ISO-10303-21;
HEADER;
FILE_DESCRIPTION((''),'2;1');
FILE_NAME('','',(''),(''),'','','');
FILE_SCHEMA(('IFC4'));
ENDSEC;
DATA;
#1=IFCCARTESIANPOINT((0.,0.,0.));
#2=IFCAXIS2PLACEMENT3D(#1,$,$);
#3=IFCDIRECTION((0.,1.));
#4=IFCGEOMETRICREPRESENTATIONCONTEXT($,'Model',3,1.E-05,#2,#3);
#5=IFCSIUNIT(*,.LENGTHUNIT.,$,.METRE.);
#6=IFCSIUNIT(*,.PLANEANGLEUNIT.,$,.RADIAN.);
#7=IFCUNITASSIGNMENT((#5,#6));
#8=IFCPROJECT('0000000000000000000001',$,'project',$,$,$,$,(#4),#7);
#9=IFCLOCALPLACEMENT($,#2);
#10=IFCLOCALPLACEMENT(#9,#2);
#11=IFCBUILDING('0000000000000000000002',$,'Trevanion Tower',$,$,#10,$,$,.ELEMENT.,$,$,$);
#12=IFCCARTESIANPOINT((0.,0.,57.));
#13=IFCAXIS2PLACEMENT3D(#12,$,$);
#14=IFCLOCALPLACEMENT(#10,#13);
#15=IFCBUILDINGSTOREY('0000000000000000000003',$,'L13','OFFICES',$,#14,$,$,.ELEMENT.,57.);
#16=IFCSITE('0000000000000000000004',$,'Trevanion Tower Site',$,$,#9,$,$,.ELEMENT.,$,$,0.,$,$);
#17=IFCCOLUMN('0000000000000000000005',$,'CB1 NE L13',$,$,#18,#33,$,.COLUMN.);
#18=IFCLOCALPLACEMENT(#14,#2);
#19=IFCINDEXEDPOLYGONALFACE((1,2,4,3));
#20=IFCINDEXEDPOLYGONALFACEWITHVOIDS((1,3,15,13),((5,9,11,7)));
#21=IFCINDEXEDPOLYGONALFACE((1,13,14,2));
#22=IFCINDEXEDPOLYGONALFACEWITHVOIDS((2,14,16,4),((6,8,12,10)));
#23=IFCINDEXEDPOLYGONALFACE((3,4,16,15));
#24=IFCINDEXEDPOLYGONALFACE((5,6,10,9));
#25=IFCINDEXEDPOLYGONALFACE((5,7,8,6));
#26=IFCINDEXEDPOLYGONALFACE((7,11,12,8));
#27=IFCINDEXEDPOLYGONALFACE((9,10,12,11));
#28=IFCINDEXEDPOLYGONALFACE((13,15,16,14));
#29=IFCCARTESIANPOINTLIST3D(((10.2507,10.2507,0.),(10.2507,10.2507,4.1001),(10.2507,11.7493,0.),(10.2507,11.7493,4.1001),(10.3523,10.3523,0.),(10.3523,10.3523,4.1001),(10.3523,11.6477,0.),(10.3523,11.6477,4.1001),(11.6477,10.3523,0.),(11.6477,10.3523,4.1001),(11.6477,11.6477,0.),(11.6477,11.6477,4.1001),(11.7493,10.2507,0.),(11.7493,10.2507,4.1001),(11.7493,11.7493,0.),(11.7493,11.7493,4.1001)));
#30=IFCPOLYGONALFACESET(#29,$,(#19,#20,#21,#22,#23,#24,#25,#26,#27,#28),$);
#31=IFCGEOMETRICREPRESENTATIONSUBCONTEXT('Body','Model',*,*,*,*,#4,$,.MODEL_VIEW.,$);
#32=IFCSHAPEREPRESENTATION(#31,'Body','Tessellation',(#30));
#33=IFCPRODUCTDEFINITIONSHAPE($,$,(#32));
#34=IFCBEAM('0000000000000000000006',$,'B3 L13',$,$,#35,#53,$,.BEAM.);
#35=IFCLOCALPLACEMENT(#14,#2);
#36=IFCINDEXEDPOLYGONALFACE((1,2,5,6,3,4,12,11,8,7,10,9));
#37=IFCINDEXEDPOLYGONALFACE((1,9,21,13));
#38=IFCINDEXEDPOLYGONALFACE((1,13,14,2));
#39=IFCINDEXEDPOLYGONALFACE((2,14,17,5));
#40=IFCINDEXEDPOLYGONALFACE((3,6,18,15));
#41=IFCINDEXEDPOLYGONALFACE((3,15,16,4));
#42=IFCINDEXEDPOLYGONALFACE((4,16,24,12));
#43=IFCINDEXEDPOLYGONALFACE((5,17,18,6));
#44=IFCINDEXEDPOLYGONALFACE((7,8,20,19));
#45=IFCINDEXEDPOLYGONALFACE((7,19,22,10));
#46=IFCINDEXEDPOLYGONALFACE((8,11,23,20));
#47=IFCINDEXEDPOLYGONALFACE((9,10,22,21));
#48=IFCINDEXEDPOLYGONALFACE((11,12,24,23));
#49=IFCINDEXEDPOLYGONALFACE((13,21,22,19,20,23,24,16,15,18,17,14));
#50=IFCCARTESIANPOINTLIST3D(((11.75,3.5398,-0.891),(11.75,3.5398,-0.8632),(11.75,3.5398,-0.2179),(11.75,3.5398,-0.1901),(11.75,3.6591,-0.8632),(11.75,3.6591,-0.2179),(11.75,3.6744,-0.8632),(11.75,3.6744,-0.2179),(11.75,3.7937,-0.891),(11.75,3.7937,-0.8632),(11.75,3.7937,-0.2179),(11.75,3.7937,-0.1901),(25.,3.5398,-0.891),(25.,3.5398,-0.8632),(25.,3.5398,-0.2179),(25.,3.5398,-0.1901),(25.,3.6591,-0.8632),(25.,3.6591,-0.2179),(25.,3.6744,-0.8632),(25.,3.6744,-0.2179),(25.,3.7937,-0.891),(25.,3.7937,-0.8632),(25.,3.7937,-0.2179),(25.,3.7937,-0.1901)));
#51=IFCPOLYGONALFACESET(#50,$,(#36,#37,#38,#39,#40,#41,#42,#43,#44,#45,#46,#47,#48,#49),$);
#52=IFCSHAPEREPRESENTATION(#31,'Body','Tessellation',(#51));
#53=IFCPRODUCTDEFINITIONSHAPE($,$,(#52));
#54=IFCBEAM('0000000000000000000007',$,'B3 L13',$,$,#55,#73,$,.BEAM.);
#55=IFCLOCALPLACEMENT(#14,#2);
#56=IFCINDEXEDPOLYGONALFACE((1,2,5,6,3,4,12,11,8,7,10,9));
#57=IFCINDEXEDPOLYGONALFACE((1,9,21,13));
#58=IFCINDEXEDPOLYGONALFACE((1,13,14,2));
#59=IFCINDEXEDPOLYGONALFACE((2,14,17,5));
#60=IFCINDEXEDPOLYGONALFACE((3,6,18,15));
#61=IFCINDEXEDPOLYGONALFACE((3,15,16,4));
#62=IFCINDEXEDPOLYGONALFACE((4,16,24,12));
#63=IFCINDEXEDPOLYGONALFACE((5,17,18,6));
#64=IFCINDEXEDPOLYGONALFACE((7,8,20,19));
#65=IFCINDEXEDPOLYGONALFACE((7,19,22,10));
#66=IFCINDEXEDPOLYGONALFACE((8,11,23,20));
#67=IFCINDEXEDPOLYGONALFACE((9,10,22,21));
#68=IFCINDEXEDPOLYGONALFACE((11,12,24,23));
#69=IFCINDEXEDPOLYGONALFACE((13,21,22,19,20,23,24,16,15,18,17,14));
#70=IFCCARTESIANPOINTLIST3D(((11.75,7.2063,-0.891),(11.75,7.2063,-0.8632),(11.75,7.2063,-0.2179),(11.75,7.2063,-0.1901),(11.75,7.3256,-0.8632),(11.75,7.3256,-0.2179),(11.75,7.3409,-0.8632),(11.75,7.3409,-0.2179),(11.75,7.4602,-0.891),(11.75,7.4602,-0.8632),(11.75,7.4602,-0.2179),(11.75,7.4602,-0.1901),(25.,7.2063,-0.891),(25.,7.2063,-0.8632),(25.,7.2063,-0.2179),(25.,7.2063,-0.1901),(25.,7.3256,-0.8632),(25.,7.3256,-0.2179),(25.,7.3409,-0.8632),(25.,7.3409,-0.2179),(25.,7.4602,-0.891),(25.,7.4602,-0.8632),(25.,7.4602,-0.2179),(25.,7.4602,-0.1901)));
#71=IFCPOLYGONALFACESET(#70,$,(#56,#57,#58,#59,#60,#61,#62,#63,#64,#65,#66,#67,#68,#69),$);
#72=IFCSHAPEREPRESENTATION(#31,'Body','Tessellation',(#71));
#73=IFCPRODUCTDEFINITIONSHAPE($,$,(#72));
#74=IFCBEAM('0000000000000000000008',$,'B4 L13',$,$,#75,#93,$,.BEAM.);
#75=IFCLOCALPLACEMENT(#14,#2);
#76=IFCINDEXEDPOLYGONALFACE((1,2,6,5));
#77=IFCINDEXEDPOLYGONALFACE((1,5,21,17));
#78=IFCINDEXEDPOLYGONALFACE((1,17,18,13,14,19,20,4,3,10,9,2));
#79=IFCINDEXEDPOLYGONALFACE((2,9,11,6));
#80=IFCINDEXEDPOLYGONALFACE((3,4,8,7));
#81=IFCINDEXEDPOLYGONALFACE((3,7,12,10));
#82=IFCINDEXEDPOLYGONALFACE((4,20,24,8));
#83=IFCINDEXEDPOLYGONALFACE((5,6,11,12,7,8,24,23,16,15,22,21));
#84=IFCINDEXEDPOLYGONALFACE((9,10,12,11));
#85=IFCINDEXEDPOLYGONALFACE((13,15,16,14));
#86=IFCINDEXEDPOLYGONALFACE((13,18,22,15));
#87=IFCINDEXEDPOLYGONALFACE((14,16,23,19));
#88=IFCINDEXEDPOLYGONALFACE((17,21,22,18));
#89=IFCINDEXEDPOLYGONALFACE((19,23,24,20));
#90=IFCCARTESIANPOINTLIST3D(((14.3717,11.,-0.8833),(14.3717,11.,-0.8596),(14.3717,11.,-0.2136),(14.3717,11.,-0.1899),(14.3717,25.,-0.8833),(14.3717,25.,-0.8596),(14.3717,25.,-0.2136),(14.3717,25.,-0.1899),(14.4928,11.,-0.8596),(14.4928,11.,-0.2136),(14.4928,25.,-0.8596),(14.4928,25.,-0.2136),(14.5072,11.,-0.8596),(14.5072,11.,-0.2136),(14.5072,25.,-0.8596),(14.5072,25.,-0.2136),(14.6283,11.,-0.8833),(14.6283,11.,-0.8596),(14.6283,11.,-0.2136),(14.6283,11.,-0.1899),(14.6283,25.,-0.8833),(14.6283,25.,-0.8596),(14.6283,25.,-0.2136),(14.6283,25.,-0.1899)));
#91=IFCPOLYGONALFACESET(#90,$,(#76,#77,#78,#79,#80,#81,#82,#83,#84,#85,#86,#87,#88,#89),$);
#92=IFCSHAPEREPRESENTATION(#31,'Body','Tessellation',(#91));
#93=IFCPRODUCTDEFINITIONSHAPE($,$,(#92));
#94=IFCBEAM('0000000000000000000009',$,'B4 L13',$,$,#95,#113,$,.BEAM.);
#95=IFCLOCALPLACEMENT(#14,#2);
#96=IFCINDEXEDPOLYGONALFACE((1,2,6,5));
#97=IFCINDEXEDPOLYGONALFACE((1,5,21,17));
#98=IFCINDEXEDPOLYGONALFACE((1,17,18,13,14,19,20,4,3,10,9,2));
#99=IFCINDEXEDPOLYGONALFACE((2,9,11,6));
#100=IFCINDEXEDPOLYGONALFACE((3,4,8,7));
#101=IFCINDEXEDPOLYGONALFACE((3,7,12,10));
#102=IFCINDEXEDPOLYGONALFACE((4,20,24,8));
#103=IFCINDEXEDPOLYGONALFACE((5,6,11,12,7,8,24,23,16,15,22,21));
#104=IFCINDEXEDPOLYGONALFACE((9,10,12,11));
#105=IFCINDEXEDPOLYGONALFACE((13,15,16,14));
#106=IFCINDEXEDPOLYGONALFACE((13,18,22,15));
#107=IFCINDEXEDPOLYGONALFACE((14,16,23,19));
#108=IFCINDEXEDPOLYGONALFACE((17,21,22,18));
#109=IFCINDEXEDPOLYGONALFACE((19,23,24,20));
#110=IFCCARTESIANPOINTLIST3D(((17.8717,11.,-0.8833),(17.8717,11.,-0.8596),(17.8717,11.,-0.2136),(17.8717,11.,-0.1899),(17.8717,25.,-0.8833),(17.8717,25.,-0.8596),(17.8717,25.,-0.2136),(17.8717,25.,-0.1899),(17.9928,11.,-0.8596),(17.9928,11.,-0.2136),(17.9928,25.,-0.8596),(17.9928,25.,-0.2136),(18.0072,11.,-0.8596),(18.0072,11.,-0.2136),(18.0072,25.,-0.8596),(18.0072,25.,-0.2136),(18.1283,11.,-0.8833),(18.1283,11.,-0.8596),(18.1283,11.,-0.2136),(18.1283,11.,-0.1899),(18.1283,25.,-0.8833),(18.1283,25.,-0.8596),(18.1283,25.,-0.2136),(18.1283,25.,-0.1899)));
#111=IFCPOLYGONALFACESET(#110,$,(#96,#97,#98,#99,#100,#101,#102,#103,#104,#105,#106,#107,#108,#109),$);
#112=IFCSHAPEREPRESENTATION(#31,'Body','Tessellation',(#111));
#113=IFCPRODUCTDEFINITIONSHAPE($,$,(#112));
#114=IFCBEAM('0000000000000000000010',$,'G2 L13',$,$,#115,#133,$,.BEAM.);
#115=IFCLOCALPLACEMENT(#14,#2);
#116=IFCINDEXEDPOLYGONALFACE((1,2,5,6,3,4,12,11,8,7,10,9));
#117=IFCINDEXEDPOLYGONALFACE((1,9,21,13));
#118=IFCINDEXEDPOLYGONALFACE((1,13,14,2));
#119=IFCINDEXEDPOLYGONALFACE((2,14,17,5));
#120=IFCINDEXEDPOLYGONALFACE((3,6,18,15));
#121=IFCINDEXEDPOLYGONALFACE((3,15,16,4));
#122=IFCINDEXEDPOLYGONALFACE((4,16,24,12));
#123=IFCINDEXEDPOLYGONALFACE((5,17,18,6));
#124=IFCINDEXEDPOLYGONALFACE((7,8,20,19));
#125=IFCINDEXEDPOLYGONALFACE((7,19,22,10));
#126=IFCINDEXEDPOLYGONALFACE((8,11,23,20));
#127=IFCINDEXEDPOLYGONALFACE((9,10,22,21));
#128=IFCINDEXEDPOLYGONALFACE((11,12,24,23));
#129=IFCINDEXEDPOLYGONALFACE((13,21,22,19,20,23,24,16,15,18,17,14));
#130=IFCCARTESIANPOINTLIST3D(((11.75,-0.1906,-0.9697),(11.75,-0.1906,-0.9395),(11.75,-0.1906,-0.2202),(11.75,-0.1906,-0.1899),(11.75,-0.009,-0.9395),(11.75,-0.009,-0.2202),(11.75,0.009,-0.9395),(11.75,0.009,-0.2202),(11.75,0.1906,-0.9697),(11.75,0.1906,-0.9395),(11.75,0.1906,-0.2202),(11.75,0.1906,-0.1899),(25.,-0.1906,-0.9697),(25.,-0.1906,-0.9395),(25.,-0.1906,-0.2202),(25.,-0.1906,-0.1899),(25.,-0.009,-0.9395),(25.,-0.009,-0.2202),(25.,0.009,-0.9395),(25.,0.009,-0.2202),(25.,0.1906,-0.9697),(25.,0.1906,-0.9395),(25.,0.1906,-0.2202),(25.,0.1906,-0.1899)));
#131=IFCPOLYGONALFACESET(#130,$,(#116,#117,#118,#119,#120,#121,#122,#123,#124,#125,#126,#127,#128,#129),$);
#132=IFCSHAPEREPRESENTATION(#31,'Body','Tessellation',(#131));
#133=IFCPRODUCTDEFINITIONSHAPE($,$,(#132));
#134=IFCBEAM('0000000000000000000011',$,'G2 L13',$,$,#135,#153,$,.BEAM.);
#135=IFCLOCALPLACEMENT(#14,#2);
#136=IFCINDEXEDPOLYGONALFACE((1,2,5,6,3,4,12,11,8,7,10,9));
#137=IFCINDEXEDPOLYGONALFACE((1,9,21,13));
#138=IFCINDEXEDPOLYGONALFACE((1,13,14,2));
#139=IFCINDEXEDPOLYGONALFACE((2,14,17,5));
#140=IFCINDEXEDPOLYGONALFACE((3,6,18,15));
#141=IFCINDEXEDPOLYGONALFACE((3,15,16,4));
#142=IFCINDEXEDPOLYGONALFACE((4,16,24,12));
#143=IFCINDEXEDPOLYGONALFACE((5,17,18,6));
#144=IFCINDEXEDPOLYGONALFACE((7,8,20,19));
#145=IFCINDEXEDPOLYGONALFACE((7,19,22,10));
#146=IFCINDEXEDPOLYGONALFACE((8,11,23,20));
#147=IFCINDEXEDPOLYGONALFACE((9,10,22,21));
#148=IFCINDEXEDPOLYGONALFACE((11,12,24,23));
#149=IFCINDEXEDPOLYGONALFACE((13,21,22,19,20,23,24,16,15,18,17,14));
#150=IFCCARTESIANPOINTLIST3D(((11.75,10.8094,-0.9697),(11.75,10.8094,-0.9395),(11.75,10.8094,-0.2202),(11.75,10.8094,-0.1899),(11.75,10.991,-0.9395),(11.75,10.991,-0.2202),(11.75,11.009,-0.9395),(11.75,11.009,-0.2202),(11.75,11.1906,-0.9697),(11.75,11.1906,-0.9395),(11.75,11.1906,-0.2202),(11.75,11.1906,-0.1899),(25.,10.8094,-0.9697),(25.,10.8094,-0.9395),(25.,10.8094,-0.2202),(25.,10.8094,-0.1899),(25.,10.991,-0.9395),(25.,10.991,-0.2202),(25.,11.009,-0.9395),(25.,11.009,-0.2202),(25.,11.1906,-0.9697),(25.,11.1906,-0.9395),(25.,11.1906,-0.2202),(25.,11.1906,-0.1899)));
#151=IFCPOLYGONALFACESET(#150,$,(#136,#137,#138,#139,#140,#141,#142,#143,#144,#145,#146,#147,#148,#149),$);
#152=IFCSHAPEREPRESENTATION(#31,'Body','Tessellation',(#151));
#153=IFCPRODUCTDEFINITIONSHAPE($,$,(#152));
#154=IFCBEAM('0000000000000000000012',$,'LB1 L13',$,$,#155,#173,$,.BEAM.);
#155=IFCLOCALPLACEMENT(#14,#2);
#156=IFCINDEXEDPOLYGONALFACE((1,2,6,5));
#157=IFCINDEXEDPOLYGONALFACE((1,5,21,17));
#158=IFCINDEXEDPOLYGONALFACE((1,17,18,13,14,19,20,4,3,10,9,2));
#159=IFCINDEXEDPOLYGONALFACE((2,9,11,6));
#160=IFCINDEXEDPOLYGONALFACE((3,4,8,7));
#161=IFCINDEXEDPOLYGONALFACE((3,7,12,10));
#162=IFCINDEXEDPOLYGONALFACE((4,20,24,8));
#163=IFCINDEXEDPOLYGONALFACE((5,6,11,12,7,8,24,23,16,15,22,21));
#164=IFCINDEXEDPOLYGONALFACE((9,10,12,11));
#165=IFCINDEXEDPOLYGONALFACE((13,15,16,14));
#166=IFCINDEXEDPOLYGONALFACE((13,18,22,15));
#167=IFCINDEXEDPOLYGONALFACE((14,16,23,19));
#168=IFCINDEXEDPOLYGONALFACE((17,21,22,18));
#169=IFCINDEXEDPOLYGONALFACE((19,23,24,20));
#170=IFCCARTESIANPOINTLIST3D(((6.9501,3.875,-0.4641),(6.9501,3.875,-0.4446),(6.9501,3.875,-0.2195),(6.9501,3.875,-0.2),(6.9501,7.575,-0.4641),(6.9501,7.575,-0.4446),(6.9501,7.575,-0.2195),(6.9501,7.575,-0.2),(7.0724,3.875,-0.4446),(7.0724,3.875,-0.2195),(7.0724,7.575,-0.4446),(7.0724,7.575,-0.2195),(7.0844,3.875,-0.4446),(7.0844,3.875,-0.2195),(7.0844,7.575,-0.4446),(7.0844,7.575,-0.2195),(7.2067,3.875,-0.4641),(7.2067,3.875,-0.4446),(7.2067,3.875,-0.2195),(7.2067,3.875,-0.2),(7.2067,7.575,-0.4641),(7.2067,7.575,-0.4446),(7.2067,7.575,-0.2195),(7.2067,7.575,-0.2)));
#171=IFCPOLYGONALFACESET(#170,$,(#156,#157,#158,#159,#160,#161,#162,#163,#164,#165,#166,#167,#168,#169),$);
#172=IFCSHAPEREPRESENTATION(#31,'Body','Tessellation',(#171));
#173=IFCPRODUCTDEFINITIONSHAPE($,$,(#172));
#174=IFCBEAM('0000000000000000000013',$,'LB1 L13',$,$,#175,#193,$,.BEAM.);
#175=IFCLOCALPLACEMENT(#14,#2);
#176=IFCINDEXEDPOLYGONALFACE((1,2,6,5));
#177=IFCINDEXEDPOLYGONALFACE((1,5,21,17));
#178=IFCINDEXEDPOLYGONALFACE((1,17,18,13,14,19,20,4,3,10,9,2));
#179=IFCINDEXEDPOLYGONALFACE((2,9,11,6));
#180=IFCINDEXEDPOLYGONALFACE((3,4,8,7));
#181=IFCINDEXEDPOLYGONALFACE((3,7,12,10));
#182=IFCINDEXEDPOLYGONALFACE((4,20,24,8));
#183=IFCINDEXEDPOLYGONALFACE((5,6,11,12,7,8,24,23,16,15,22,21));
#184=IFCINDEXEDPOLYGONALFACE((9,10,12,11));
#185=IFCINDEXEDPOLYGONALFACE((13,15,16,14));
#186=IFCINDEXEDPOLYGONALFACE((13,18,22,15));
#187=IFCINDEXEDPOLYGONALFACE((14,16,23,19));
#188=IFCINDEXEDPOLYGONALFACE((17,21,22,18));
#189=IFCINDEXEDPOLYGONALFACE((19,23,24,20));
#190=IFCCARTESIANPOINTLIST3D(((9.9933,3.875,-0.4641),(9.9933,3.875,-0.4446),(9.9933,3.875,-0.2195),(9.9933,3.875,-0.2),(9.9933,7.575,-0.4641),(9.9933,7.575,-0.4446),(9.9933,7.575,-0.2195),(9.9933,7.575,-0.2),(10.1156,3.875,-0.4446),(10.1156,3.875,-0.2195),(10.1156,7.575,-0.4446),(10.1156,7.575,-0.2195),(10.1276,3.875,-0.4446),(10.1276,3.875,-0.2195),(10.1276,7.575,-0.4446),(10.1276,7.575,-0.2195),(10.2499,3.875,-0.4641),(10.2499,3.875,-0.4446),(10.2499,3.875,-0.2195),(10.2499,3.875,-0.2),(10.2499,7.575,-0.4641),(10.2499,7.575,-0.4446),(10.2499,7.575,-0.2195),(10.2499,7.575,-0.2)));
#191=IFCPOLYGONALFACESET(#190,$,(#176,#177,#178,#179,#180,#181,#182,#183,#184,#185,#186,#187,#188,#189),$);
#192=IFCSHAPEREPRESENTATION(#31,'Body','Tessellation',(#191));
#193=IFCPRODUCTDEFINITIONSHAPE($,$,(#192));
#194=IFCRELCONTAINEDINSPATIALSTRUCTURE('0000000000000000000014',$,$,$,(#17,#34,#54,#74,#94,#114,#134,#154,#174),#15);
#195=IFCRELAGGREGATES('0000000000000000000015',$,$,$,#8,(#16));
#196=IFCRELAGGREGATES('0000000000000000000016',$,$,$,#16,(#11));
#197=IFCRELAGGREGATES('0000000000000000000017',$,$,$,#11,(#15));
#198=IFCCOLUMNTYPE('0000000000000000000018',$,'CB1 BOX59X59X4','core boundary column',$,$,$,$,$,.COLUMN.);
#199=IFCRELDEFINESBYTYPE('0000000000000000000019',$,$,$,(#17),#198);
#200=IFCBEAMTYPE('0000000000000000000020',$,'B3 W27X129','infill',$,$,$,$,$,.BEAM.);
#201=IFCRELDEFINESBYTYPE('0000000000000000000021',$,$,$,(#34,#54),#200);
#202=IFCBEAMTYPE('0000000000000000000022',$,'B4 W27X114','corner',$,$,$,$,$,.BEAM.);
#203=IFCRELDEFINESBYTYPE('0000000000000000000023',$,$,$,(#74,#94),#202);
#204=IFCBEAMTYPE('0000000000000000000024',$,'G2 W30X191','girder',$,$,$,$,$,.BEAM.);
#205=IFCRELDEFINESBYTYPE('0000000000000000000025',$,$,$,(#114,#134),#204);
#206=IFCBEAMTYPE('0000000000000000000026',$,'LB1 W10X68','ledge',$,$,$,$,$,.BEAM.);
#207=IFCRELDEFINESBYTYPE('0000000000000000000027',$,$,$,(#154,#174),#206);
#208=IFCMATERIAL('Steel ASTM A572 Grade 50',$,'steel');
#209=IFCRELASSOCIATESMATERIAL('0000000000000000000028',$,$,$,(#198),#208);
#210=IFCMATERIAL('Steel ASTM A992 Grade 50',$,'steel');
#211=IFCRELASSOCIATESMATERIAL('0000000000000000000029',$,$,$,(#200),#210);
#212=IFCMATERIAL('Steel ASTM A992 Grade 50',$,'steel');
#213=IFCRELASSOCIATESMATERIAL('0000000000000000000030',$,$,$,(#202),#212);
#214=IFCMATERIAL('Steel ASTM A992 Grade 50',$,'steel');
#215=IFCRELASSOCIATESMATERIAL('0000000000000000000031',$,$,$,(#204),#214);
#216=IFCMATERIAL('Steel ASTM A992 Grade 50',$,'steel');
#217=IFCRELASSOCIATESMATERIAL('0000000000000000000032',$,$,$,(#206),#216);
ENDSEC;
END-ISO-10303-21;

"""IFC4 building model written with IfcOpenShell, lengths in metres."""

from ifc_helpers import new_model, si_unit, direction, frame, origin, origin_2d, place, context, subcontext, project, spatial, hollow_rectangle, i_section, extrude, material, material_profile, profile_set, type_object, element, save


model = new_model("IFC4")

# Units and contexts
model_context = context("Model", 3, precision=1e-05, world=origin(), true_north=direction((0.0, 1.0)))
body_context = subcontext(model_context, "Body", "Model", "MODEL_VIEW")
ifc_project = project(units=[si_unit("LENGTHUNIT", "METRE"), si_unit("PLANEANGLEUNIT", "RADIAN")], contexts=[model_context])

# Site, building, storey
site_placement = place(None, origin())
site = spatial("IfcSite", under=ifc_project, at=site_placement, Name="Trevanion Tower Site", CompositionType="ELEMENT", RefElevation=0.0)
building_placement = place(site_placement, origin())
building = spatial("IfcBuilding", under=site, at=building_placement, Name="Trevanion Tower", CompositionType="ELEMENT")
storey_placement = place(building_placement, frame((0.0, 0.0, 57.0)))
storey = spatial("IfcBuildingStorey", under=building, at=storey_placement, Name="L13", Description="OFFICES", CompositionType="ELEMENT", Elevation=57.0)

# Column
ifc_material_1 = material(Name="Steel ASTM A572 Grade 50", Category="steel")
ifc_material_profile_1 = material_profile(ifc_material_1, hollow_rectangle(XDim=1.4985, YDim=1.4985, WallThickness=0.1016, at=origin_2d()), Name="BOX59X59X4")
ifc_profile_set_1 = profile_set([ifc_material_profile_1], Name="Steel ASTM A572 Grade 50")
column_type = type_object("IfcColumnType", Name="CB1 BOX59X59X4", Description="core boundary column", PredefinedType="COLUMN", material=ifc_profile_set_1)
column_placement = place(storey_placement, frame((11.0, 11.0, 0.0), z_axis=(0.0, 0.0, 1.0), x_axis=(1.0, 0.0, 0.0)))
element("IfcColumn", 1, at=column_placement, inside=storey, type_object=column_type, Name="CB1 NE L13", PredefinedType="COLUMN", context=body_context, shape_type="SweptSolid", body=[
    extrude(hollow_rectangle(XDim=1.4985, YDim=1.4985, WallThickness=0.1016, at=origin_2d()), origin(), (0.0, 0.0, 1.0), 4.1001),
])

# Beams
ifc_material_2 = material(Name="Steel ASTM A992 Grade 50", Category="steel")
ifc_material_profile_2 = material_profile(ifc_material_2, i_section(OverallWidth=0.2539, OverallDepth=0.7009, WebThickness=0.0154, FlangeThickness=0.0278, at=origin_2d()), Name="W27X129")
ifc_profile_set_2 = profile_set([ifc_material_profile_2], Name="Steel ASTM A992 Grade 50")
beam_type_1 = type_object("IfcBeamType", Name="B3 W27X129", Description="infill", PredefinedType="BEAM", material=ifc_profile_set_2)
for number, where, z_axis, x_axis, name in (
    (2, (11.75, 3.6667, -0.5405), (1.0, 0.0, 0.0), (0.0, 1.0, 0.0), "B3 L13"),
    (3, (11.75, 7.3333, -0.5405), (1.0, 0.0, 0.0), (0.0, 1.0, 0.0), "B3 L13"),
):
    element("IfcBeam", number, at=place(storey_placement, frame(where, z_axis=z_axis, x_axis=x_axis)), inside=storey, type_object=beam_type_1, Name=name, PredefinedType="BEAM", context=body_context, shape_type="SweptSolid", body=[
        extrude(i_section(OverallWidth=0.2539, OverallDepth=0.7009, WebThickness=0.0154, FlangeThickness=0.0278, at=origin_2d()), origin(), (0.0, 0.0, 1.0), 13.25),
    ])
ifc_material_3 = material(Name="Steel ASTM A992 Grade 50", Category="steel")
ifc_material_profile_3 = material_profile(ifc_material_3, i_section(OverallWidth=0.2566, OverallDepth=0.6934, WebThickness=0.0144, FlangeThickness=0.0237, at=origin_2d()), Name="W27X114")
ifc_profile_set_3 = profile_set([ifc_material_profile_3], Name="Steel ASTM A992 Grade 50")
beam_type_2 = type_object("IfcBeamType", Name="B4 W27X114", Description="corner", PredefinedType="BEAM", material=ifc_profile_set_3)
for number, where, z_axis, x_axis, name in (
    (4, (14.5, 11.0, -0.5366), (0.0, 1.0, 0.0), (-1.0, 0.0, 0.0), "B4 L13"),
    (5, (18.0, 11.0, -0.5366), (0.0, 1.0, 0.0), (-1.0, 0.0, 0.0), "B4 L13"),
):
    element("IfcBeam", number, at=place(storey_placement, frame(where, z_axis=z_axis, x_axis=x_axis)), inside=storey, type_object=beam_type_2, Name=name, PredefinedType="BEAM", context=body_context, shape_type="SweptSolid", body=[
        extrude(i_section(OverallWidth=0.2566, OverallDepth=0.6934, WebThickness=0.0144, FlangeThickness=0.0237, at=origin_2d()), origin(), (0.0, 0.0, 1.0), 14.0),
    ])
ifc_material_4 = material(Name="Steel ASTM A992 Grade 50", Category="steel")
ifc_material_profile_4 = material_profile(ifc_material_4, i_section(OverallWidth=0.3811, OverallDepth=0.7798, WebThickness=0.0181, FlangeThickness=0.0303, at=origin_2d()), Name="W30X191")
ifc_profile_set_4 = profile_set([ifc_material_profile_4], Name="Steel ASTM A992 Grade 50")
beam_type_3 = type_object("IfcBeamType", Name="G2 W30X191", Description="girder", PredefinedType="BEAM", material=ifc_profile_set_4)
for number, where, z_axis, x_axis, name in (
    (6, (11.75, 0.0, -0.5798), (1.0, 0.0, 0.0), (0.0, 1.0, 0.0), "G2 L13"),
    (7, (11.75, 11.0, -0.5798), (1.0, 0.0, 0.0), (0.0, 1.0, 0.0), "G2 L13"),
):
    element("IfcBeam", number, at=place(storey_placement, frame(where, z_axis=z_axis, x_axis=x_axis)), inside=storey, type_object=beam_type_3, Name=name, PredefinedType="BEAM", context=body_context, shape_type="SweptSolid", body=[
        extrude(i_section(OverallWidth=0.3811, OverallDepth=0.7798, WebThickness=0.0181, FlangeThickness=0.0303, at=origin_2d()), origin(), (0.0, 0.0, 1.0), 13.25),
    ])
ifc_material_5 = material(Name="Steel ASTM A992 Grade 50", Category="steel")
ifc_material_profile_5 = material_profile(ifc_material_5, i_section(OverallWidth=0.2566, OverallDepth=0.2642, WebThickness=0.012, FlangeThickness=0.0195, at=origin_2d()), Name="W10X68")
ifc_profile_set_5 = profile_set([ifc_material_profile_5], Name="Steel ASTM A992 Grade 50")
beam_type_4 = type_object("IfcBeamType", Name="LB1 W10X68", Description="ledge", PredefinedType="BEAM", material=ifc_profile_set_5)
for number, where, z_axis, x_axis, name in (
    (8, (7.0784, 3.875, -0.332), (0.0, 1.0, 0.0), (-1.0, 0.0, 0.0), "LB1 L13"),
    (9, (10.1216, 3.875, -0.332), (0.0, 1.0, 0.0), (-1.0, 0.0, 0.0), "LB1 L13"),
):
    element("IfcBeam", number, at=place(storey_placement, frame(where, z_axis=z_axis, x_axis=x_axis)), inside=storey, type_object=beam_type_4, Name=name, PredefinedType="BEAM", context=body_context, shape_type="SweptSolid", body=[
        extrude(i_section(OverallWidth=0.2566, OverallDepth=0.2642, WebThickness=0.012, FlangeThickness=0.0195, at=origin_2d()), origin(), (0.0, 0.0, 1.0), 3.7),
    ])

save(model, "model.ifc")
